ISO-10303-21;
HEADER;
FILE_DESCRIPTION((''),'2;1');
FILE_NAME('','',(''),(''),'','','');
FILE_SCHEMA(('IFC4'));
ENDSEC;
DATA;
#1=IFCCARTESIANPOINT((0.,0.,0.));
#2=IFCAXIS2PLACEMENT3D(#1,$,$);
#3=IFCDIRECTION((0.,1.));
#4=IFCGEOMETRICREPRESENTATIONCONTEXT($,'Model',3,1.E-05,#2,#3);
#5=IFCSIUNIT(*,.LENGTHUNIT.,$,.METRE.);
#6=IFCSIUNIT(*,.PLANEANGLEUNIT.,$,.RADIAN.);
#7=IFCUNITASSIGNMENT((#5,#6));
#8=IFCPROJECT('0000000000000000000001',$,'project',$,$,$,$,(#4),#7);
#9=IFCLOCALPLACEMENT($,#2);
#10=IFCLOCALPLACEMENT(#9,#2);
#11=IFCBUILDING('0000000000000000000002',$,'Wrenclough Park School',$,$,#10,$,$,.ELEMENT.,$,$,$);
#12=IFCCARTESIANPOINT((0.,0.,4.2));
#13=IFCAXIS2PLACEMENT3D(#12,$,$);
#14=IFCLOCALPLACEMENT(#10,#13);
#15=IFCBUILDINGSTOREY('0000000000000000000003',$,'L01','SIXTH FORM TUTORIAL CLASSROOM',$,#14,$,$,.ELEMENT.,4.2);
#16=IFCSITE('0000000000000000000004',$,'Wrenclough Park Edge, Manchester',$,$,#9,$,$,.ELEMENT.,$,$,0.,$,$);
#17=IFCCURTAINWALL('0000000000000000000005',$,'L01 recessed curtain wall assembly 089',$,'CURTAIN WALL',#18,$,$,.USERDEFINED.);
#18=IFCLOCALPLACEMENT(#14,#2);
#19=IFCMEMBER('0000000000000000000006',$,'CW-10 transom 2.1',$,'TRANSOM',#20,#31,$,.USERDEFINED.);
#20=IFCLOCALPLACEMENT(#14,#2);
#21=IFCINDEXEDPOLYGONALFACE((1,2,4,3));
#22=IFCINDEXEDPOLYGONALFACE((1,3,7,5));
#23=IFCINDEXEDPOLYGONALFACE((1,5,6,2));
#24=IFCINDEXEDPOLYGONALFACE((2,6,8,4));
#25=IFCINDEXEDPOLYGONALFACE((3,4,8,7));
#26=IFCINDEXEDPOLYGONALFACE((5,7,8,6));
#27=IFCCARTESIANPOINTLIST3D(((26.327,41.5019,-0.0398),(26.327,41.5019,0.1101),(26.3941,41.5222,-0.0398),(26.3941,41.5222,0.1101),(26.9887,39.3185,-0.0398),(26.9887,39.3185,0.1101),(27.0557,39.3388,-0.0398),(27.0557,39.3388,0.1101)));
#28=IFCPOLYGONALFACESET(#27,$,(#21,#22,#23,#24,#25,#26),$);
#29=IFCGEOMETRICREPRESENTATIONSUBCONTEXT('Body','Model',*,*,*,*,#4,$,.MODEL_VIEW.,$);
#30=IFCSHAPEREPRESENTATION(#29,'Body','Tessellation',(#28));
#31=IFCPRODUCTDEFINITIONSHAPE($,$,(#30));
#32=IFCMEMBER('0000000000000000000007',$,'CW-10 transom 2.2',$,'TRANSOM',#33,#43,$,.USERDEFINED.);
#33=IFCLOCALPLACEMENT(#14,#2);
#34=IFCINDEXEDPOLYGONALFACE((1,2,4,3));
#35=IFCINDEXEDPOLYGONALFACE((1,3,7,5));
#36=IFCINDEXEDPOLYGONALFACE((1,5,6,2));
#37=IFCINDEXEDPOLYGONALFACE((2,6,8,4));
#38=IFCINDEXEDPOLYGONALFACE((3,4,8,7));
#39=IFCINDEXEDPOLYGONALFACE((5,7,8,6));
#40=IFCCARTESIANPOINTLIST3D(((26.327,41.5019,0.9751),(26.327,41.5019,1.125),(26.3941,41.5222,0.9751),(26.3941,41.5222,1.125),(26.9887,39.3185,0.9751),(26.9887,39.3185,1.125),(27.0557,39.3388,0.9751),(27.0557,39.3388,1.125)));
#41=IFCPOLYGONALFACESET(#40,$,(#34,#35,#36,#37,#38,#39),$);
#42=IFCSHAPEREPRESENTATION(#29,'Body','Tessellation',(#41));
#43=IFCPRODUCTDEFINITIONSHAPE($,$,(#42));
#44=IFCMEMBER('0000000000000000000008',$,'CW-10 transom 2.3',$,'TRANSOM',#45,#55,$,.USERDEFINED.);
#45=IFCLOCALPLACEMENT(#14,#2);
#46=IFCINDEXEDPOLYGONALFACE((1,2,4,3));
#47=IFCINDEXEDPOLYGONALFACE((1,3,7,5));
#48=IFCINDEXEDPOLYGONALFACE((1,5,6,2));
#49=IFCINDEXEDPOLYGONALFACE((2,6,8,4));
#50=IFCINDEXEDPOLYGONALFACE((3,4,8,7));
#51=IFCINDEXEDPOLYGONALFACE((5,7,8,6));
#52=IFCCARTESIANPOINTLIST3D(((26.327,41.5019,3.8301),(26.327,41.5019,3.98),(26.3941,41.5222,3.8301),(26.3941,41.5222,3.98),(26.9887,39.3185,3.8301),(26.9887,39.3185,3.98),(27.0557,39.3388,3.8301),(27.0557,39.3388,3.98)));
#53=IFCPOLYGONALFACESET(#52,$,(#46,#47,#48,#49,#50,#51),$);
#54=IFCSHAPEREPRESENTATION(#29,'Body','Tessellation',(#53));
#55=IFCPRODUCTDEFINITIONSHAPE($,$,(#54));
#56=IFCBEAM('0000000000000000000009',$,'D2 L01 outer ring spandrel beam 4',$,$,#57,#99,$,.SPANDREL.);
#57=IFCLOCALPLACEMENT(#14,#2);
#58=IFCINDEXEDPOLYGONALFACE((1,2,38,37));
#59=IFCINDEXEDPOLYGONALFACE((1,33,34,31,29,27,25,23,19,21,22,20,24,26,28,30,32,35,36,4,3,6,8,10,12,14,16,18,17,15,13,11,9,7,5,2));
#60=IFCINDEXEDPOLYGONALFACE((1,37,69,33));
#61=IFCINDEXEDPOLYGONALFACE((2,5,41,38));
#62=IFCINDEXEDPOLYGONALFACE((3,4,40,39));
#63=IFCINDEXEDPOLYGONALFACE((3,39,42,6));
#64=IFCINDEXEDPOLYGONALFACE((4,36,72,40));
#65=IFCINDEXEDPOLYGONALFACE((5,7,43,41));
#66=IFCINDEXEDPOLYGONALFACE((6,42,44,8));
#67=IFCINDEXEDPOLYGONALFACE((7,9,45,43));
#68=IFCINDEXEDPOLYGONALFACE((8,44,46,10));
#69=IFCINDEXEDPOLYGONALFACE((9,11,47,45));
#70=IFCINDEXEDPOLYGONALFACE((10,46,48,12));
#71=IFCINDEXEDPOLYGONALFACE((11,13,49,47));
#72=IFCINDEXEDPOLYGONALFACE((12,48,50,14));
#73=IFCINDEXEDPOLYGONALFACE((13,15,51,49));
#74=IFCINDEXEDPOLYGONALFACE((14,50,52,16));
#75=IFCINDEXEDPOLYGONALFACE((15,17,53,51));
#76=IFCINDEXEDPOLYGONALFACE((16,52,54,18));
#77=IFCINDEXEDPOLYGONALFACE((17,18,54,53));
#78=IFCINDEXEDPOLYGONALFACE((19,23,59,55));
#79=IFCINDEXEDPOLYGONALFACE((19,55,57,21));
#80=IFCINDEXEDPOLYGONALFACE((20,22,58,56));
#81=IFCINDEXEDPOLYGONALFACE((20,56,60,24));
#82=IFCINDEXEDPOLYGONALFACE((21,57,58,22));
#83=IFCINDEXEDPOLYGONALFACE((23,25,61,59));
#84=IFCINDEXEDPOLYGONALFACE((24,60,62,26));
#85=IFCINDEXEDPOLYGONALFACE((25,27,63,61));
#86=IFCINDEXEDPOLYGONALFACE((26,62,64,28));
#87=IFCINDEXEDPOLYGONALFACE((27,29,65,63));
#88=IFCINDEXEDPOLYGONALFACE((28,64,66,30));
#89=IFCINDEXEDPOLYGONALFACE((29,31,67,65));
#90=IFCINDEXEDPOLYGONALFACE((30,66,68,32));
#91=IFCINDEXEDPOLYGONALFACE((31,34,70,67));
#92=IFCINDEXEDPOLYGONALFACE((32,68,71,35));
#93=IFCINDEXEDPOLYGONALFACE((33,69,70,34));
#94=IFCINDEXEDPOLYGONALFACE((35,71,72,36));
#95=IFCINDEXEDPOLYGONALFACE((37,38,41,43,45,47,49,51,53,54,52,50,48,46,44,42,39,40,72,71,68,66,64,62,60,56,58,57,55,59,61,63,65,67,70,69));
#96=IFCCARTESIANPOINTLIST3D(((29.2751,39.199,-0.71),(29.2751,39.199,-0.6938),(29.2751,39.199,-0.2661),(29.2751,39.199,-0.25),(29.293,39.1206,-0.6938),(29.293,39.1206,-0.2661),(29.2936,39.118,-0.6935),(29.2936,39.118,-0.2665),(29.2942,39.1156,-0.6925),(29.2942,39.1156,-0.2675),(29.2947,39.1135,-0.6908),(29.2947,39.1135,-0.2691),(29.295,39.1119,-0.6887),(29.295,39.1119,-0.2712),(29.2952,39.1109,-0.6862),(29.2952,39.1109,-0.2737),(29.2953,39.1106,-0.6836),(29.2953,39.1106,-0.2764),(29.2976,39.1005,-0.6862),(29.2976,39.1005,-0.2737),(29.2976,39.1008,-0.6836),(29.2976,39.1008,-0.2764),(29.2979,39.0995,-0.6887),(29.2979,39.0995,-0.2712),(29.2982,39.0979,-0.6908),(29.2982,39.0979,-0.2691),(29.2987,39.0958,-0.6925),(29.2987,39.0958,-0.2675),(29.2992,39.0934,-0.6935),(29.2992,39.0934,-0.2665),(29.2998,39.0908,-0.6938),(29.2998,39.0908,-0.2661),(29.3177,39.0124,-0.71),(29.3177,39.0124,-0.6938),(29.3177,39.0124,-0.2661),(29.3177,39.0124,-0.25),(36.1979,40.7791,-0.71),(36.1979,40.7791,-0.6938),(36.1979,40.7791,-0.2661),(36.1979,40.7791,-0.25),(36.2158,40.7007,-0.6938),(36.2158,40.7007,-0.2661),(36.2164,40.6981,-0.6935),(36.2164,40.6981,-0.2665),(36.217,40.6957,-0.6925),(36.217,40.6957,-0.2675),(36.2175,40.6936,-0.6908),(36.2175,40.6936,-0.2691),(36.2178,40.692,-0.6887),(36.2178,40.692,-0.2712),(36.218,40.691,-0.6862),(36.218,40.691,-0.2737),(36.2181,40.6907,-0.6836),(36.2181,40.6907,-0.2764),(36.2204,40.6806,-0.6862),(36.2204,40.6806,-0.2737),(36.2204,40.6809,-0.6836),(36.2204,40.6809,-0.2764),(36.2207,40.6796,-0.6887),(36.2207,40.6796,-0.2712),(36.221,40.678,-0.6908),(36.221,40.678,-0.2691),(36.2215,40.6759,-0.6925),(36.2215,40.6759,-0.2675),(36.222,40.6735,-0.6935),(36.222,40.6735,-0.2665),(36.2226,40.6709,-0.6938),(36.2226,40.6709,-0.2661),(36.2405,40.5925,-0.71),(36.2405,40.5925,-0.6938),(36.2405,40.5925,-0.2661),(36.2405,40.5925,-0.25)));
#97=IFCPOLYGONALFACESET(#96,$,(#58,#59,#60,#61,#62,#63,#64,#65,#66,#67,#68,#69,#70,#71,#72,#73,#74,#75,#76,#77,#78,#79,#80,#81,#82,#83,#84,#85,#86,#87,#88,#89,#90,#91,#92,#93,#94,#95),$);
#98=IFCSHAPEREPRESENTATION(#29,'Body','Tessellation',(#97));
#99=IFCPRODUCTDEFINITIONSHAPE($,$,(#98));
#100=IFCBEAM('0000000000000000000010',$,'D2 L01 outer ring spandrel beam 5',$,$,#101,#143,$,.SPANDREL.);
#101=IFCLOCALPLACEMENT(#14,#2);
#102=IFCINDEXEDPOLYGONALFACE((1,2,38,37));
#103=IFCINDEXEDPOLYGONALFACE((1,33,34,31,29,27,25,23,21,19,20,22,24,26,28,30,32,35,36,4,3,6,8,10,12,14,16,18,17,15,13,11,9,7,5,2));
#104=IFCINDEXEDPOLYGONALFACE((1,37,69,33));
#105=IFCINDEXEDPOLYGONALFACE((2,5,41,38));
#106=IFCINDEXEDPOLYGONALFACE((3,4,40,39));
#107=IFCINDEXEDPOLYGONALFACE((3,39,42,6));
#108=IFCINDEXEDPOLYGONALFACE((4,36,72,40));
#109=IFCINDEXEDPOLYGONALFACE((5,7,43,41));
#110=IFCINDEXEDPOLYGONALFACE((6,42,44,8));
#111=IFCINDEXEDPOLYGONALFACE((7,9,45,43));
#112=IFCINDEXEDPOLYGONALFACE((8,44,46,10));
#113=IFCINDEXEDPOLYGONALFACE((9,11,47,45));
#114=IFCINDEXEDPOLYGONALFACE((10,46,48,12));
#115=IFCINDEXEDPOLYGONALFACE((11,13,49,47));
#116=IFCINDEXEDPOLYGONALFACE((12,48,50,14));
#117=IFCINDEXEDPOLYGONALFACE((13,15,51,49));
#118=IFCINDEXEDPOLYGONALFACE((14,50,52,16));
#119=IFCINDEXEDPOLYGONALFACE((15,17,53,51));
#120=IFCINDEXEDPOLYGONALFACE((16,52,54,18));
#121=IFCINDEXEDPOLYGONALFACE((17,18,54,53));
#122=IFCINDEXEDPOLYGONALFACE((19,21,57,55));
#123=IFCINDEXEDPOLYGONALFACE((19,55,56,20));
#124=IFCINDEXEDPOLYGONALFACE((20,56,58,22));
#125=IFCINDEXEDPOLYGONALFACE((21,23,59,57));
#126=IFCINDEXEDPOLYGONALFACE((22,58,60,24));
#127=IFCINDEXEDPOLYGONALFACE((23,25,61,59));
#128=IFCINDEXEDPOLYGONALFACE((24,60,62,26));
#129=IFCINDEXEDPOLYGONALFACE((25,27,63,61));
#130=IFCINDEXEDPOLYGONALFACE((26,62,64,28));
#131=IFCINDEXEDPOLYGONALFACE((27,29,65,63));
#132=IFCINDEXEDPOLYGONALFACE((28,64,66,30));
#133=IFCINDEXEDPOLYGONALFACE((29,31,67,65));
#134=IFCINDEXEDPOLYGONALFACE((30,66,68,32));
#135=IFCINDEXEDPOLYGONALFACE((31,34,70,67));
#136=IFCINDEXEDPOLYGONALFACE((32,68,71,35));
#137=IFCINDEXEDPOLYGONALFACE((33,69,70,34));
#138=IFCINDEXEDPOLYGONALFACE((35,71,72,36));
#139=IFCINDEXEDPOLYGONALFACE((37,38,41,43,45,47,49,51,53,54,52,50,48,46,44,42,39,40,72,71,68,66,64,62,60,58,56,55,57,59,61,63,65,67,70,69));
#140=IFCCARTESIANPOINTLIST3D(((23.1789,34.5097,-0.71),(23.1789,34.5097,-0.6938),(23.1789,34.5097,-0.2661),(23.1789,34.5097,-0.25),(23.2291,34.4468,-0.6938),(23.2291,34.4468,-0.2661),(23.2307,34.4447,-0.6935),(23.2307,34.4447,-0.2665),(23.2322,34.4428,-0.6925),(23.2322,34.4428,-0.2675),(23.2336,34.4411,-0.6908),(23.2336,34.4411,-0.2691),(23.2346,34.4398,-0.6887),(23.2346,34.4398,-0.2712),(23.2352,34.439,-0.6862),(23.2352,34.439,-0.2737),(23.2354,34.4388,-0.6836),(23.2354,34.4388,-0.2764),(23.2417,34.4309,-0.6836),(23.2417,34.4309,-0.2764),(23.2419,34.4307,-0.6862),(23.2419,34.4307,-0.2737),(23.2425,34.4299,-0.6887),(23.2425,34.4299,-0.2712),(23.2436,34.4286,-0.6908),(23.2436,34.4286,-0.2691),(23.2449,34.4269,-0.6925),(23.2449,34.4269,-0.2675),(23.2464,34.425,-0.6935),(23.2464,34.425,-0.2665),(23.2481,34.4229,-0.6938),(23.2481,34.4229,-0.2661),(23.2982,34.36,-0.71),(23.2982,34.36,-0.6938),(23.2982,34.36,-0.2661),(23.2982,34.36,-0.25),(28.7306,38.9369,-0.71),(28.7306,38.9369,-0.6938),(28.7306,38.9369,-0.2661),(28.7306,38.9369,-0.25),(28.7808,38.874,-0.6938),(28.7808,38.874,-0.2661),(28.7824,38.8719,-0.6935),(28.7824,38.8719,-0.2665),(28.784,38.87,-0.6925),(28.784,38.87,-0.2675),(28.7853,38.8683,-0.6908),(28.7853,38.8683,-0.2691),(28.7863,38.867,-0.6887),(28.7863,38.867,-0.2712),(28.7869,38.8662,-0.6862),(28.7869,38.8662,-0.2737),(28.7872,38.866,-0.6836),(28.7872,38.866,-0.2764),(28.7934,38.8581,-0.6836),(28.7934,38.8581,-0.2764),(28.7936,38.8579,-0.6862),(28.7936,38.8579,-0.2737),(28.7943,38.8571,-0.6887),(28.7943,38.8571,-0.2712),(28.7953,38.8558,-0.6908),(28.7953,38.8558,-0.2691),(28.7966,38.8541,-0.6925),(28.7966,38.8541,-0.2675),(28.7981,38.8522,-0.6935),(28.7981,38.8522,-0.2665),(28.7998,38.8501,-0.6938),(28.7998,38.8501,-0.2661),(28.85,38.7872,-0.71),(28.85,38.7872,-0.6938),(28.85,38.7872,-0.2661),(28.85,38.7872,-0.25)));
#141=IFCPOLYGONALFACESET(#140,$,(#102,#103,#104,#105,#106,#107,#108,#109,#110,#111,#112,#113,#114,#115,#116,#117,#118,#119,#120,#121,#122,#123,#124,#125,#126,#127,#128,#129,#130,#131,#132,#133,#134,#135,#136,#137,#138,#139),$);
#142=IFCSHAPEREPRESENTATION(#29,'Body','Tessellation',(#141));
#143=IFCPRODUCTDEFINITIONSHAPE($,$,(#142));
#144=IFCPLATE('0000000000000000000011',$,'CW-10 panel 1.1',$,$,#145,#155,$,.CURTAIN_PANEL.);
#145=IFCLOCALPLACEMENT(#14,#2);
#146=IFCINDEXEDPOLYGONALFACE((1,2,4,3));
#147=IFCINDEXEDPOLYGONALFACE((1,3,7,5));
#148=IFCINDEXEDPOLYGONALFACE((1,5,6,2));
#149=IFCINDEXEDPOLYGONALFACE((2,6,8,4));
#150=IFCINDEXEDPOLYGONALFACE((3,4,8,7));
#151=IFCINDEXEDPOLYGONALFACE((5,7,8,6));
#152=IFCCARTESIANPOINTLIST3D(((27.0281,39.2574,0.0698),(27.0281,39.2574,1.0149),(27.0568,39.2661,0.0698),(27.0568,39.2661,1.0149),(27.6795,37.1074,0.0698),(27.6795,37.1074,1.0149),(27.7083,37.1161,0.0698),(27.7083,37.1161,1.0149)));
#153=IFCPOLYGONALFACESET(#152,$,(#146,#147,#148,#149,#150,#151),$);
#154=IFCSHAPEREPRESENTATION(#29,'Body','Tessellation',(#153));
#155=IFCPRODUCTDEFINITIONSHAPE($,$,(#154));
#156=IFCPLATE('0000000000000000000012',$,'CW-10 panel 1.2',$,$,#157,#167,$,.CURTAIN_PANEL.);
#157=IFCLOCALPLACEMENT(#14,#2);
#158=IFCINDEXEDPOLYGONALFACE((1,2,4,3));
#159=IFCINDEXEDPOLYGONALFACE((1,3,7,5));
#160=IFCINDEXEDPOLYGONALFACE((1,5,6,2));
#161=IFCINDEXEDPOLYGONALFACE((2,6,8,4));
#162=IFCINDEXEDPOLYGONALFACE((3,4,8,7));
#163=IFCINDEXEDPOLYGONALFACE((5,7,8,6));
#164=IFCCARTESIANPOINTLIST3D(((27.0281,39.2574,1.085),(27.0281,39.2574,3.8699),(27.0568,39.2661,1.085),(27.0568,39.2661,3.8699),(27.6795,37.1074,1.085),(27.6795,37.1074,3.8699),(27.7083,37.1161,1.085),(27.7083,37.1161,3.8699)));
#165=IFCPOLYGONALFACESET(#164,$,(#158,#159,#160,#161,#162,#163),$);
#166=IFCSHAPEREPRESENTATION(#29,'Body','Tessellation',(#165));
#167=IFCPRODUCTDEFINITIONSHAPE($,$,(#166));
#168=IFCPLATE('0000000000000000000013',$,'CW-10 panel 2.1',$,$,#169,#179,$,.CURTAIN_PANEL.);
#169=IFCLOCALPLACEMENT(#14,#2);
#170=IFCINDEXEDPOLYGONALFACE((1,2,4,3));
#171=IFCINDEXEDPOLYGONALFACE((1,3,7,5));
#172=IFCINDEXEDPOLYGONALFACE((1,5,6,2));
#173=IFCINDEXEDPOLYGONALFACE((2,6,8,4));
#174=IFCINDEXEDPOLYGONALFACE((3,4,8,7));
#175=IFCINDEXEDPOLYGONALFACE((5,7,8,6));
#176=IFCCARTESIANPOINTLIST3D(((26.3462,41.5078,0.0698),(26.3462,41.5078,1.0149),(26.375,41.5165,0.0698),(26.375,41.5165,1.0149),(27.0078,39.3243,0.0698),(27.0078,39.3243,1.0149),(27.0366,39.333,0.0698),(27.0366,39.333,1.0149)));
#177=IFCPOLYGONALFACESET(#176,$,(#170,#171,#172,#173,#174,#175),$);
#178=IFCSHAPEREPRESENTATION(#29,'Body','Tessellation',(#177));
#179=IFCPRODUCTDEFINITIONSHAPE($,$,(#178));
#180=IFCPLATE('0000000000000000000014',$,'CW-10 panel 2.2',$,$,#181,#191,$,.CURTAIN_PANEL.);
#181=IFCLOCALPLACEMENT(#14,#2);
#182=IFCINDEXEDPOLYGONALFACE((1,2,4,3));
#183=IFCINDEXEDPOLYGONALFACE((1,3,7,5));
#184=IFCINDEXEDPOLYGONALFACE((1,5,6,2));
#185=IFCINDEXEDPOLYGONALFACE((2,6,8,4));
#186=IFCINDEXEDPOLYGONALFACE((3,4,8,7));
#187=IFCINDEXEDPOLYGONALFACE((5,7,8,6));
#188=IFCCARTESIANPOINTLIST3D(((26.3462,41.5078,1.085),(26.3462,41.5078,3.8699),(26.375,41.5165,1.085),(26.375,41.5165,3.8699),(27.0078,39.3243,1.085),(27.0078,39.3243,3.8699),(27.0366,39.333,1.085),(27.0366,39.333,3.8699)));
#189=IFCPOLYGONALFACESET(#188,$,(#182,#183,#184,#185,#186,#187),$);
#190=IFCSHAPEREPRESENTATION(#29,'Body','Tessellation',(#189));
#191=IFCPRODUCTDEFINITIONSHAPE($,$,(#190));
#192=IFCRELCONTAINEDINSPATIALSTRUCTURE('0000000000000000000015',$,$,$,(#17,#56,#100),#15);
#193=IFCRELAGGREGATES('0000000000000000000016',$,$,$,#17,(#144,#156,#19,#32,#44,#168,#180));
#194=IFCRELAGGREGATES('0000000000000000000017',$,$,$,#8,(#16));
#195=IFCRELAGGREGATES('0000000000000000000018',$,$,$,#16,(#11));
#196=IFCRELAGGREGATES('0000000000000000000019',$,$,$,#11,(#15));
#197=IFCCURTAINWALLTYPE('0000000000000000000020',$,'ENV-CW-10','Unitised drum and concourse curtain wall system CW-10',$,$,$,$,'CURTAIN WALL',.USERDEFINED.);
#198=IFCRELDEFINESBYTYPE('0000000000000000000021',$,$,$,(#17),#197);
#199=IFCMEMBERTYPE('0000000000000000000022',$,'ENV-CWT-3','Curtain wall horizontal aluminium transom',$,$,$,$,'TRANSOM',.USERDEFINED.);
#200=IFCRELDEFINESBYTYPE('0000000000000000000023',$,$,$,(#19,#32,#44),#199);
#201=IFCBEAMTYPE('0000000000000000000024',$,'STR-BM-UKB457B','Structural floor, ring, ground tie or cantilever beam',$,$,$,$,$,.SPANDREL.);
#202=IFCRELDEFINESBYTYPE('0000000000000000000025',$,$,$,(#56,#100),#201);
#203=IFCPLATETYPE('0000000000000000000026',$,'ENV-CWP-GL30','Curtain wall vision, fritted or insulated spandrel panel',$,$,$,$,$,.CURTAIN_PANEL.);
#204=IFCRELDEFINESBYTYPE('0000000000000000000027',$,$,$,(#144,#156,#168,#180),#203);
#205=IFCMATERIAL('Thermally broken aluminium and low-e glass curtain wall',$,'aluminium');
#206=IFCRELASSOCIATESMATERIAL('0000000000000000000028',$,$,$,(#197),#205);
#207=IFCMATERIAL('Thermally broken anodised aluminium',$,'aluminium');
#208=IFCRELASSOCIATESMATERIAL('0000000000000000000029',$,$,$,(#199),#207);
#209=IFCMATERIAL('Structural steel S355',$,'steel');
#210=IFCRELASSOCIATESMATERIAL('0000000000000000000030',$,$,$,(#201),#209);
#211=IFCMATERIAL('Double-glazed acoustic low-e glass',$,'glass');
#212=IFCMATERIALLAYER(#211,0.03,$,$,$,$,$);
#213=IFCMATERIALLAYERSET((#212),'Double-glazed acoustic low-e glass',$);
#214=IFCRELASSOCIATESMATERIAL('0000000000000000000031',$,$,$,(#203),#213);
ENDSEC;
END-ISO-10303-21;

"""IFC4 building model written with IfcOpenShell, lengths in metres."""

from ifc_helpers import new_model, si_unit, direction, frame, origin, origin_2d, place, context, subcontext, project, spatial, rectangle, i_section, extrude, material, layer, layer_set, material_profile, profile_set, type_object, element, aggregate, save


model = new_model("IFC4")

# Units and contexts
model_context = context("Model", 3, precision=1e-05, world=origin(), true_north=direction((0.0, 1.0)))
body_context = subcontext(model_context, "Body", "Model", "MODEL_VIEW")
ifc_project = project(units=[si_unit("LENGTHUNIT", "METRE"), si_unit("PLANEANGLEUNIT", "RADIAN")], contexts=[model_context])

# Site, building, storey
site_placement = place(None, origin())
site = spatial("IfcSite", under=ifc_project, at=site_placement, Name="Wrenclough Park Edge, Manchester", CompositionType="ELEMENT", RefElevation=0.0)
building_placement = place(site_placement, origin())
building = spatial("IfcBuilding", under=site, at=building_placement, Name="Wrenclough Park School", CompositionType="ELEMENT")
storey_placement = place(building_placement, frame((0.0, 0.0, 4.2)))
storey = spatial("IfcBuildingStorey", under=building, at=storey_placement, Name="L01", Description="SIXTH FORM TUTORIAL CLASSROOM", CompositionType="ELEMENT", Elevation=4.2)

# Shared definitions
ifc_material_1 = material(Name="Thermally broken aluminium and low-e glass curtain wall", Category="aluminium")
ifc_material_2 = material(Name="Thermally broken anodised aluminium", Category="aluminium")

# Curtain wall
curtain_wall_type_1 = type_object("IfcCurtainWallType", Name="ENV-CW-10", Description="Unitised drum and concourse curtain wall system CW-10", ElementType="CURTAIN WALL", PredefinedType="USERDEFINED", material=ifc_material_1)
curtain_wall_1_placement = place(storey_placement, origin())
curtain_wall_1 = element("IfcCurtainWall", 1, at=curtain_wall_1_placement, inside=storey, type_object=curtain_wall_type_1, Name="L01 recessed curtain wall assembly 089", ObjectType="CURTAIN WALL", PredefinedType="USERDEFINED")

# Members
ifc_material_profile_1 = material_profile(ifc_material_2, rectangle(XDim=0.0701, YDim=0.1499, at=origin_2d()), Name="AL TRANSOM 70x150")
ifc_profile_set_1 = profile_set([ifc_material_profile_1], Name="Thermally broken anodised aluminium")
member_type_1 = type_object("IfcMemberType", Name="ENV-CWT-3", Description="Curtain wall horizontal aluminium transom", ElementType="TRANSOM", PredefinedType="USERDEFINED", material=ifc_profile_set_1)
member_1_placement = place(storey_placement, frame((27.0222, 39.3286, 0.0352), z_axis=(-0.290007, 0.957024, 0.0), x_axis=(-0.957024, -0.290007, 0.0)))
member_1 = element("IfcMember", 2, at=member_1_placement, type_object=member_type_1, Name="CW-10 transom 2.1", ObjectType="TRANSOM", PredefinedType="USERDEFINED", context=body_context, shape_type="SweptSolid", body=[
    extrude(rectangle(XDim=0.0701, YDim=0.1499, at=origin_2d()), origin(), (0.0, 0.0, 1.0), 2.2815),
])
member_2_placement = place(storey_placement, frame((27.0222, 39.3286, 1.05), z_axis=(-0.290007, 0.957024, 0.0), x_axis=(-0.957024, -0.290007, 0.0)))
member_2 = element("IfcMember", 3, at=member_2_placement, type_object=member_type_1, Name="CW-10 transom 2.2", ObjectType="TRANSOM", PredefinedType="USERDEFINED", context=body_context, shape_type="SweptSolid", body=[
    extrude(rectangle(XDim=0.0701, YDim=0.1499, at=origin_2d()), origin(), (0.0, 0.0, 1.0), 2.2815),
])
member_3_placement = place(storey_placement, frame((27.0222, 39.3286, 3.905), z_axis=(-0.290007, 0.957024, 0.0), x_axis=(-0.957024, -0.290007, 0.0)))
member_3 = element("IfcMember", 4, at=member_3_placement, type_object=member_type_1, Name="CW-10 transom 2.3", ObjectType="TRANSOM", PredefinedType="USERDEFINED", context=body_context, shape_type="SweptSolid", body=[
    extrude(rectangle(XDim=0.0701, YDim=0.1499, at=origin_2d()), origin(), (0.0, 0.0, 1.0), 2.2815),
])

# Beams
ifc_material_3 = material(Name="Structural steel S355", Category="steel")
ifc_material_profile_2 = material_profile(ifc_material_3, i_section(OverallWidth=0.1914, OverallDepth=0.46, WebThickness=0.01, FlangeThickness=0.0161, FilletRadius=0.0103, at=origin_2d()), Name="UKB 457x191x82")
ifc_profile_set_2 = profile_set([ifc_material_profile_2], Name="Structural steel S355")
beam_type = type_object("IfcBeamType", Name="STR-BM-UKB457B", Description="Structural floor, ring, ground tie or cantilever beam", PredefinedType="SPANDREL", material=ifc_profile_set_2)
for number, where, z_axis, x_axis, name in (
    (5, (36.2192, 40.6858, -0.48), (-0.974928, -0.222519, 0.0), (0.222519, -0.974928, 0.0), "D2 L01 outer ring spandrel beam 4"),
    (6, (28.7903, 38.8621, -0.48), (-0.781841, -0.623478, 0.0), (0.623478, -0.781841, 0.0), "D2 L01 outer ring spandrel beam 5"),
):
    element("IfcBeam", number, at=place(storey_placement, frame(where, z_axis=z_axis, x_axis=x_axis)), inside=storey, type_object=beam_type, Name=name, PredefinedType="SPANDREL", context=body_context, shape_type="SweptSolid", body=[
        extrude(i_section(OverallWidth=0.1914, OverallDepth=0.46, WebThickness=0.01, FlangeThickness=0.0161, FilletRadius=0.0103, at=origin_2d()), origin(), (0.0, 0.0, 1.0), 7.1008),
    ])

# Plates
ifc_material_4 = material(Name="Double-glazed acoustic low-e glass", Category="glass")
ifc_layer_1 = layer(ifc_material_4, 0.03)
ifc_layer_set_1 = layer_set([ifc_layer_1], Name="Double-glazed acoustic low-e glass")
plate_type = type_object("IfcPlateType", Name="ENV-CWP-GL30", Description="Curtain wall vision, fritted or insulated spandrel panel", PredefinedType="CURTAIN_PANEL", material=ifc_layer_set_1)
plate_1_placement = place(storey_placement, frame((27.3682, 38.1868, 0.0698), z_axis=(0.0, 0.0, 1.0), x_axis=(-0.289988, 0.95703, 0.0)))
plate_1 = element("IfcPlate", 7, at=plate_1_placement, type_object=plate_type, Name="CW-10 panel 1.1", PredefinedType="CURTAIN_PANEL", context=body_context, shape_type="SweptSolid", body=[
    extrude(rectangle(XDim=2.2466, YDim=0.03, at=origin_2d()), origin(), (0.0, 0.0, 1.0), 0.9451),
])
plate_2_placement = place(storey_placement, frame((27.3682, 38.1868, 1.085), z_axis=(0.0, 0.0, 1.0), x_axis=(-0.289988, 0.95703, 0.0)))
plate_2 = element("IfcPlate", 8, at=plate_2_placement, type_object=plate_type, Name="CW-10 panel 1.2", PredefinedType="CURTAIN_PANEL", context=body_context, shape_type="SweptSolid", body=[
    extrude(rectangle(XDim=2.2466, YDim=0.03, at=origin_2d()), origin(), (0.0, 0.0, 1.0), 2.7849),
])
plate_3_placement = place(storey_placement, frame((26.6914, 40.4204, 0.0698), z_axis=(0.0, 0.0, 1.0), x_axis=(-0.289988, 0.95703, 0.0)))
plate_3 = element("IfcPlate", 9, at=plate_3_placement, type_object=plate_type, Name="CW-10 panel 2.1", PredefinedType="CURTAIN_PANEL", context=body_context, shape_type="SweptSolid", body=[
    extrude(rectangle(XDim=2.2815, YDim=0.03, at=origin_2d()), origin(), (0.0, 0.0, 1.0), 0.9451),
])
plate_4_placement = place(storey_placement, frame((26.6914, 40.4204, 1.085), z_axis=(0.0, 0.0, 1.0), x_axis=(-0.289988, 0.95703, 0.0)))
plate_4 = element("IfcPlate", 10, at=plate_4_placement, type_object=plate_type, Name="CW-10 panel 2.2", PredefinedType="CURTAIN_PANEL", context=body_context, shape_type="SweptSolid", body=[
    extrude(rectangle(XDim=2.2815, YDim=0.03, at=origin_2d()), origin(), (0.0, 0.0, 1.0), 2.7849),
])
aggregate(curtain_wall_1, [plate_1, plate_2, member_1, member_2, member_3, plate_3, plate_4])

save(model, "model.ifc")
